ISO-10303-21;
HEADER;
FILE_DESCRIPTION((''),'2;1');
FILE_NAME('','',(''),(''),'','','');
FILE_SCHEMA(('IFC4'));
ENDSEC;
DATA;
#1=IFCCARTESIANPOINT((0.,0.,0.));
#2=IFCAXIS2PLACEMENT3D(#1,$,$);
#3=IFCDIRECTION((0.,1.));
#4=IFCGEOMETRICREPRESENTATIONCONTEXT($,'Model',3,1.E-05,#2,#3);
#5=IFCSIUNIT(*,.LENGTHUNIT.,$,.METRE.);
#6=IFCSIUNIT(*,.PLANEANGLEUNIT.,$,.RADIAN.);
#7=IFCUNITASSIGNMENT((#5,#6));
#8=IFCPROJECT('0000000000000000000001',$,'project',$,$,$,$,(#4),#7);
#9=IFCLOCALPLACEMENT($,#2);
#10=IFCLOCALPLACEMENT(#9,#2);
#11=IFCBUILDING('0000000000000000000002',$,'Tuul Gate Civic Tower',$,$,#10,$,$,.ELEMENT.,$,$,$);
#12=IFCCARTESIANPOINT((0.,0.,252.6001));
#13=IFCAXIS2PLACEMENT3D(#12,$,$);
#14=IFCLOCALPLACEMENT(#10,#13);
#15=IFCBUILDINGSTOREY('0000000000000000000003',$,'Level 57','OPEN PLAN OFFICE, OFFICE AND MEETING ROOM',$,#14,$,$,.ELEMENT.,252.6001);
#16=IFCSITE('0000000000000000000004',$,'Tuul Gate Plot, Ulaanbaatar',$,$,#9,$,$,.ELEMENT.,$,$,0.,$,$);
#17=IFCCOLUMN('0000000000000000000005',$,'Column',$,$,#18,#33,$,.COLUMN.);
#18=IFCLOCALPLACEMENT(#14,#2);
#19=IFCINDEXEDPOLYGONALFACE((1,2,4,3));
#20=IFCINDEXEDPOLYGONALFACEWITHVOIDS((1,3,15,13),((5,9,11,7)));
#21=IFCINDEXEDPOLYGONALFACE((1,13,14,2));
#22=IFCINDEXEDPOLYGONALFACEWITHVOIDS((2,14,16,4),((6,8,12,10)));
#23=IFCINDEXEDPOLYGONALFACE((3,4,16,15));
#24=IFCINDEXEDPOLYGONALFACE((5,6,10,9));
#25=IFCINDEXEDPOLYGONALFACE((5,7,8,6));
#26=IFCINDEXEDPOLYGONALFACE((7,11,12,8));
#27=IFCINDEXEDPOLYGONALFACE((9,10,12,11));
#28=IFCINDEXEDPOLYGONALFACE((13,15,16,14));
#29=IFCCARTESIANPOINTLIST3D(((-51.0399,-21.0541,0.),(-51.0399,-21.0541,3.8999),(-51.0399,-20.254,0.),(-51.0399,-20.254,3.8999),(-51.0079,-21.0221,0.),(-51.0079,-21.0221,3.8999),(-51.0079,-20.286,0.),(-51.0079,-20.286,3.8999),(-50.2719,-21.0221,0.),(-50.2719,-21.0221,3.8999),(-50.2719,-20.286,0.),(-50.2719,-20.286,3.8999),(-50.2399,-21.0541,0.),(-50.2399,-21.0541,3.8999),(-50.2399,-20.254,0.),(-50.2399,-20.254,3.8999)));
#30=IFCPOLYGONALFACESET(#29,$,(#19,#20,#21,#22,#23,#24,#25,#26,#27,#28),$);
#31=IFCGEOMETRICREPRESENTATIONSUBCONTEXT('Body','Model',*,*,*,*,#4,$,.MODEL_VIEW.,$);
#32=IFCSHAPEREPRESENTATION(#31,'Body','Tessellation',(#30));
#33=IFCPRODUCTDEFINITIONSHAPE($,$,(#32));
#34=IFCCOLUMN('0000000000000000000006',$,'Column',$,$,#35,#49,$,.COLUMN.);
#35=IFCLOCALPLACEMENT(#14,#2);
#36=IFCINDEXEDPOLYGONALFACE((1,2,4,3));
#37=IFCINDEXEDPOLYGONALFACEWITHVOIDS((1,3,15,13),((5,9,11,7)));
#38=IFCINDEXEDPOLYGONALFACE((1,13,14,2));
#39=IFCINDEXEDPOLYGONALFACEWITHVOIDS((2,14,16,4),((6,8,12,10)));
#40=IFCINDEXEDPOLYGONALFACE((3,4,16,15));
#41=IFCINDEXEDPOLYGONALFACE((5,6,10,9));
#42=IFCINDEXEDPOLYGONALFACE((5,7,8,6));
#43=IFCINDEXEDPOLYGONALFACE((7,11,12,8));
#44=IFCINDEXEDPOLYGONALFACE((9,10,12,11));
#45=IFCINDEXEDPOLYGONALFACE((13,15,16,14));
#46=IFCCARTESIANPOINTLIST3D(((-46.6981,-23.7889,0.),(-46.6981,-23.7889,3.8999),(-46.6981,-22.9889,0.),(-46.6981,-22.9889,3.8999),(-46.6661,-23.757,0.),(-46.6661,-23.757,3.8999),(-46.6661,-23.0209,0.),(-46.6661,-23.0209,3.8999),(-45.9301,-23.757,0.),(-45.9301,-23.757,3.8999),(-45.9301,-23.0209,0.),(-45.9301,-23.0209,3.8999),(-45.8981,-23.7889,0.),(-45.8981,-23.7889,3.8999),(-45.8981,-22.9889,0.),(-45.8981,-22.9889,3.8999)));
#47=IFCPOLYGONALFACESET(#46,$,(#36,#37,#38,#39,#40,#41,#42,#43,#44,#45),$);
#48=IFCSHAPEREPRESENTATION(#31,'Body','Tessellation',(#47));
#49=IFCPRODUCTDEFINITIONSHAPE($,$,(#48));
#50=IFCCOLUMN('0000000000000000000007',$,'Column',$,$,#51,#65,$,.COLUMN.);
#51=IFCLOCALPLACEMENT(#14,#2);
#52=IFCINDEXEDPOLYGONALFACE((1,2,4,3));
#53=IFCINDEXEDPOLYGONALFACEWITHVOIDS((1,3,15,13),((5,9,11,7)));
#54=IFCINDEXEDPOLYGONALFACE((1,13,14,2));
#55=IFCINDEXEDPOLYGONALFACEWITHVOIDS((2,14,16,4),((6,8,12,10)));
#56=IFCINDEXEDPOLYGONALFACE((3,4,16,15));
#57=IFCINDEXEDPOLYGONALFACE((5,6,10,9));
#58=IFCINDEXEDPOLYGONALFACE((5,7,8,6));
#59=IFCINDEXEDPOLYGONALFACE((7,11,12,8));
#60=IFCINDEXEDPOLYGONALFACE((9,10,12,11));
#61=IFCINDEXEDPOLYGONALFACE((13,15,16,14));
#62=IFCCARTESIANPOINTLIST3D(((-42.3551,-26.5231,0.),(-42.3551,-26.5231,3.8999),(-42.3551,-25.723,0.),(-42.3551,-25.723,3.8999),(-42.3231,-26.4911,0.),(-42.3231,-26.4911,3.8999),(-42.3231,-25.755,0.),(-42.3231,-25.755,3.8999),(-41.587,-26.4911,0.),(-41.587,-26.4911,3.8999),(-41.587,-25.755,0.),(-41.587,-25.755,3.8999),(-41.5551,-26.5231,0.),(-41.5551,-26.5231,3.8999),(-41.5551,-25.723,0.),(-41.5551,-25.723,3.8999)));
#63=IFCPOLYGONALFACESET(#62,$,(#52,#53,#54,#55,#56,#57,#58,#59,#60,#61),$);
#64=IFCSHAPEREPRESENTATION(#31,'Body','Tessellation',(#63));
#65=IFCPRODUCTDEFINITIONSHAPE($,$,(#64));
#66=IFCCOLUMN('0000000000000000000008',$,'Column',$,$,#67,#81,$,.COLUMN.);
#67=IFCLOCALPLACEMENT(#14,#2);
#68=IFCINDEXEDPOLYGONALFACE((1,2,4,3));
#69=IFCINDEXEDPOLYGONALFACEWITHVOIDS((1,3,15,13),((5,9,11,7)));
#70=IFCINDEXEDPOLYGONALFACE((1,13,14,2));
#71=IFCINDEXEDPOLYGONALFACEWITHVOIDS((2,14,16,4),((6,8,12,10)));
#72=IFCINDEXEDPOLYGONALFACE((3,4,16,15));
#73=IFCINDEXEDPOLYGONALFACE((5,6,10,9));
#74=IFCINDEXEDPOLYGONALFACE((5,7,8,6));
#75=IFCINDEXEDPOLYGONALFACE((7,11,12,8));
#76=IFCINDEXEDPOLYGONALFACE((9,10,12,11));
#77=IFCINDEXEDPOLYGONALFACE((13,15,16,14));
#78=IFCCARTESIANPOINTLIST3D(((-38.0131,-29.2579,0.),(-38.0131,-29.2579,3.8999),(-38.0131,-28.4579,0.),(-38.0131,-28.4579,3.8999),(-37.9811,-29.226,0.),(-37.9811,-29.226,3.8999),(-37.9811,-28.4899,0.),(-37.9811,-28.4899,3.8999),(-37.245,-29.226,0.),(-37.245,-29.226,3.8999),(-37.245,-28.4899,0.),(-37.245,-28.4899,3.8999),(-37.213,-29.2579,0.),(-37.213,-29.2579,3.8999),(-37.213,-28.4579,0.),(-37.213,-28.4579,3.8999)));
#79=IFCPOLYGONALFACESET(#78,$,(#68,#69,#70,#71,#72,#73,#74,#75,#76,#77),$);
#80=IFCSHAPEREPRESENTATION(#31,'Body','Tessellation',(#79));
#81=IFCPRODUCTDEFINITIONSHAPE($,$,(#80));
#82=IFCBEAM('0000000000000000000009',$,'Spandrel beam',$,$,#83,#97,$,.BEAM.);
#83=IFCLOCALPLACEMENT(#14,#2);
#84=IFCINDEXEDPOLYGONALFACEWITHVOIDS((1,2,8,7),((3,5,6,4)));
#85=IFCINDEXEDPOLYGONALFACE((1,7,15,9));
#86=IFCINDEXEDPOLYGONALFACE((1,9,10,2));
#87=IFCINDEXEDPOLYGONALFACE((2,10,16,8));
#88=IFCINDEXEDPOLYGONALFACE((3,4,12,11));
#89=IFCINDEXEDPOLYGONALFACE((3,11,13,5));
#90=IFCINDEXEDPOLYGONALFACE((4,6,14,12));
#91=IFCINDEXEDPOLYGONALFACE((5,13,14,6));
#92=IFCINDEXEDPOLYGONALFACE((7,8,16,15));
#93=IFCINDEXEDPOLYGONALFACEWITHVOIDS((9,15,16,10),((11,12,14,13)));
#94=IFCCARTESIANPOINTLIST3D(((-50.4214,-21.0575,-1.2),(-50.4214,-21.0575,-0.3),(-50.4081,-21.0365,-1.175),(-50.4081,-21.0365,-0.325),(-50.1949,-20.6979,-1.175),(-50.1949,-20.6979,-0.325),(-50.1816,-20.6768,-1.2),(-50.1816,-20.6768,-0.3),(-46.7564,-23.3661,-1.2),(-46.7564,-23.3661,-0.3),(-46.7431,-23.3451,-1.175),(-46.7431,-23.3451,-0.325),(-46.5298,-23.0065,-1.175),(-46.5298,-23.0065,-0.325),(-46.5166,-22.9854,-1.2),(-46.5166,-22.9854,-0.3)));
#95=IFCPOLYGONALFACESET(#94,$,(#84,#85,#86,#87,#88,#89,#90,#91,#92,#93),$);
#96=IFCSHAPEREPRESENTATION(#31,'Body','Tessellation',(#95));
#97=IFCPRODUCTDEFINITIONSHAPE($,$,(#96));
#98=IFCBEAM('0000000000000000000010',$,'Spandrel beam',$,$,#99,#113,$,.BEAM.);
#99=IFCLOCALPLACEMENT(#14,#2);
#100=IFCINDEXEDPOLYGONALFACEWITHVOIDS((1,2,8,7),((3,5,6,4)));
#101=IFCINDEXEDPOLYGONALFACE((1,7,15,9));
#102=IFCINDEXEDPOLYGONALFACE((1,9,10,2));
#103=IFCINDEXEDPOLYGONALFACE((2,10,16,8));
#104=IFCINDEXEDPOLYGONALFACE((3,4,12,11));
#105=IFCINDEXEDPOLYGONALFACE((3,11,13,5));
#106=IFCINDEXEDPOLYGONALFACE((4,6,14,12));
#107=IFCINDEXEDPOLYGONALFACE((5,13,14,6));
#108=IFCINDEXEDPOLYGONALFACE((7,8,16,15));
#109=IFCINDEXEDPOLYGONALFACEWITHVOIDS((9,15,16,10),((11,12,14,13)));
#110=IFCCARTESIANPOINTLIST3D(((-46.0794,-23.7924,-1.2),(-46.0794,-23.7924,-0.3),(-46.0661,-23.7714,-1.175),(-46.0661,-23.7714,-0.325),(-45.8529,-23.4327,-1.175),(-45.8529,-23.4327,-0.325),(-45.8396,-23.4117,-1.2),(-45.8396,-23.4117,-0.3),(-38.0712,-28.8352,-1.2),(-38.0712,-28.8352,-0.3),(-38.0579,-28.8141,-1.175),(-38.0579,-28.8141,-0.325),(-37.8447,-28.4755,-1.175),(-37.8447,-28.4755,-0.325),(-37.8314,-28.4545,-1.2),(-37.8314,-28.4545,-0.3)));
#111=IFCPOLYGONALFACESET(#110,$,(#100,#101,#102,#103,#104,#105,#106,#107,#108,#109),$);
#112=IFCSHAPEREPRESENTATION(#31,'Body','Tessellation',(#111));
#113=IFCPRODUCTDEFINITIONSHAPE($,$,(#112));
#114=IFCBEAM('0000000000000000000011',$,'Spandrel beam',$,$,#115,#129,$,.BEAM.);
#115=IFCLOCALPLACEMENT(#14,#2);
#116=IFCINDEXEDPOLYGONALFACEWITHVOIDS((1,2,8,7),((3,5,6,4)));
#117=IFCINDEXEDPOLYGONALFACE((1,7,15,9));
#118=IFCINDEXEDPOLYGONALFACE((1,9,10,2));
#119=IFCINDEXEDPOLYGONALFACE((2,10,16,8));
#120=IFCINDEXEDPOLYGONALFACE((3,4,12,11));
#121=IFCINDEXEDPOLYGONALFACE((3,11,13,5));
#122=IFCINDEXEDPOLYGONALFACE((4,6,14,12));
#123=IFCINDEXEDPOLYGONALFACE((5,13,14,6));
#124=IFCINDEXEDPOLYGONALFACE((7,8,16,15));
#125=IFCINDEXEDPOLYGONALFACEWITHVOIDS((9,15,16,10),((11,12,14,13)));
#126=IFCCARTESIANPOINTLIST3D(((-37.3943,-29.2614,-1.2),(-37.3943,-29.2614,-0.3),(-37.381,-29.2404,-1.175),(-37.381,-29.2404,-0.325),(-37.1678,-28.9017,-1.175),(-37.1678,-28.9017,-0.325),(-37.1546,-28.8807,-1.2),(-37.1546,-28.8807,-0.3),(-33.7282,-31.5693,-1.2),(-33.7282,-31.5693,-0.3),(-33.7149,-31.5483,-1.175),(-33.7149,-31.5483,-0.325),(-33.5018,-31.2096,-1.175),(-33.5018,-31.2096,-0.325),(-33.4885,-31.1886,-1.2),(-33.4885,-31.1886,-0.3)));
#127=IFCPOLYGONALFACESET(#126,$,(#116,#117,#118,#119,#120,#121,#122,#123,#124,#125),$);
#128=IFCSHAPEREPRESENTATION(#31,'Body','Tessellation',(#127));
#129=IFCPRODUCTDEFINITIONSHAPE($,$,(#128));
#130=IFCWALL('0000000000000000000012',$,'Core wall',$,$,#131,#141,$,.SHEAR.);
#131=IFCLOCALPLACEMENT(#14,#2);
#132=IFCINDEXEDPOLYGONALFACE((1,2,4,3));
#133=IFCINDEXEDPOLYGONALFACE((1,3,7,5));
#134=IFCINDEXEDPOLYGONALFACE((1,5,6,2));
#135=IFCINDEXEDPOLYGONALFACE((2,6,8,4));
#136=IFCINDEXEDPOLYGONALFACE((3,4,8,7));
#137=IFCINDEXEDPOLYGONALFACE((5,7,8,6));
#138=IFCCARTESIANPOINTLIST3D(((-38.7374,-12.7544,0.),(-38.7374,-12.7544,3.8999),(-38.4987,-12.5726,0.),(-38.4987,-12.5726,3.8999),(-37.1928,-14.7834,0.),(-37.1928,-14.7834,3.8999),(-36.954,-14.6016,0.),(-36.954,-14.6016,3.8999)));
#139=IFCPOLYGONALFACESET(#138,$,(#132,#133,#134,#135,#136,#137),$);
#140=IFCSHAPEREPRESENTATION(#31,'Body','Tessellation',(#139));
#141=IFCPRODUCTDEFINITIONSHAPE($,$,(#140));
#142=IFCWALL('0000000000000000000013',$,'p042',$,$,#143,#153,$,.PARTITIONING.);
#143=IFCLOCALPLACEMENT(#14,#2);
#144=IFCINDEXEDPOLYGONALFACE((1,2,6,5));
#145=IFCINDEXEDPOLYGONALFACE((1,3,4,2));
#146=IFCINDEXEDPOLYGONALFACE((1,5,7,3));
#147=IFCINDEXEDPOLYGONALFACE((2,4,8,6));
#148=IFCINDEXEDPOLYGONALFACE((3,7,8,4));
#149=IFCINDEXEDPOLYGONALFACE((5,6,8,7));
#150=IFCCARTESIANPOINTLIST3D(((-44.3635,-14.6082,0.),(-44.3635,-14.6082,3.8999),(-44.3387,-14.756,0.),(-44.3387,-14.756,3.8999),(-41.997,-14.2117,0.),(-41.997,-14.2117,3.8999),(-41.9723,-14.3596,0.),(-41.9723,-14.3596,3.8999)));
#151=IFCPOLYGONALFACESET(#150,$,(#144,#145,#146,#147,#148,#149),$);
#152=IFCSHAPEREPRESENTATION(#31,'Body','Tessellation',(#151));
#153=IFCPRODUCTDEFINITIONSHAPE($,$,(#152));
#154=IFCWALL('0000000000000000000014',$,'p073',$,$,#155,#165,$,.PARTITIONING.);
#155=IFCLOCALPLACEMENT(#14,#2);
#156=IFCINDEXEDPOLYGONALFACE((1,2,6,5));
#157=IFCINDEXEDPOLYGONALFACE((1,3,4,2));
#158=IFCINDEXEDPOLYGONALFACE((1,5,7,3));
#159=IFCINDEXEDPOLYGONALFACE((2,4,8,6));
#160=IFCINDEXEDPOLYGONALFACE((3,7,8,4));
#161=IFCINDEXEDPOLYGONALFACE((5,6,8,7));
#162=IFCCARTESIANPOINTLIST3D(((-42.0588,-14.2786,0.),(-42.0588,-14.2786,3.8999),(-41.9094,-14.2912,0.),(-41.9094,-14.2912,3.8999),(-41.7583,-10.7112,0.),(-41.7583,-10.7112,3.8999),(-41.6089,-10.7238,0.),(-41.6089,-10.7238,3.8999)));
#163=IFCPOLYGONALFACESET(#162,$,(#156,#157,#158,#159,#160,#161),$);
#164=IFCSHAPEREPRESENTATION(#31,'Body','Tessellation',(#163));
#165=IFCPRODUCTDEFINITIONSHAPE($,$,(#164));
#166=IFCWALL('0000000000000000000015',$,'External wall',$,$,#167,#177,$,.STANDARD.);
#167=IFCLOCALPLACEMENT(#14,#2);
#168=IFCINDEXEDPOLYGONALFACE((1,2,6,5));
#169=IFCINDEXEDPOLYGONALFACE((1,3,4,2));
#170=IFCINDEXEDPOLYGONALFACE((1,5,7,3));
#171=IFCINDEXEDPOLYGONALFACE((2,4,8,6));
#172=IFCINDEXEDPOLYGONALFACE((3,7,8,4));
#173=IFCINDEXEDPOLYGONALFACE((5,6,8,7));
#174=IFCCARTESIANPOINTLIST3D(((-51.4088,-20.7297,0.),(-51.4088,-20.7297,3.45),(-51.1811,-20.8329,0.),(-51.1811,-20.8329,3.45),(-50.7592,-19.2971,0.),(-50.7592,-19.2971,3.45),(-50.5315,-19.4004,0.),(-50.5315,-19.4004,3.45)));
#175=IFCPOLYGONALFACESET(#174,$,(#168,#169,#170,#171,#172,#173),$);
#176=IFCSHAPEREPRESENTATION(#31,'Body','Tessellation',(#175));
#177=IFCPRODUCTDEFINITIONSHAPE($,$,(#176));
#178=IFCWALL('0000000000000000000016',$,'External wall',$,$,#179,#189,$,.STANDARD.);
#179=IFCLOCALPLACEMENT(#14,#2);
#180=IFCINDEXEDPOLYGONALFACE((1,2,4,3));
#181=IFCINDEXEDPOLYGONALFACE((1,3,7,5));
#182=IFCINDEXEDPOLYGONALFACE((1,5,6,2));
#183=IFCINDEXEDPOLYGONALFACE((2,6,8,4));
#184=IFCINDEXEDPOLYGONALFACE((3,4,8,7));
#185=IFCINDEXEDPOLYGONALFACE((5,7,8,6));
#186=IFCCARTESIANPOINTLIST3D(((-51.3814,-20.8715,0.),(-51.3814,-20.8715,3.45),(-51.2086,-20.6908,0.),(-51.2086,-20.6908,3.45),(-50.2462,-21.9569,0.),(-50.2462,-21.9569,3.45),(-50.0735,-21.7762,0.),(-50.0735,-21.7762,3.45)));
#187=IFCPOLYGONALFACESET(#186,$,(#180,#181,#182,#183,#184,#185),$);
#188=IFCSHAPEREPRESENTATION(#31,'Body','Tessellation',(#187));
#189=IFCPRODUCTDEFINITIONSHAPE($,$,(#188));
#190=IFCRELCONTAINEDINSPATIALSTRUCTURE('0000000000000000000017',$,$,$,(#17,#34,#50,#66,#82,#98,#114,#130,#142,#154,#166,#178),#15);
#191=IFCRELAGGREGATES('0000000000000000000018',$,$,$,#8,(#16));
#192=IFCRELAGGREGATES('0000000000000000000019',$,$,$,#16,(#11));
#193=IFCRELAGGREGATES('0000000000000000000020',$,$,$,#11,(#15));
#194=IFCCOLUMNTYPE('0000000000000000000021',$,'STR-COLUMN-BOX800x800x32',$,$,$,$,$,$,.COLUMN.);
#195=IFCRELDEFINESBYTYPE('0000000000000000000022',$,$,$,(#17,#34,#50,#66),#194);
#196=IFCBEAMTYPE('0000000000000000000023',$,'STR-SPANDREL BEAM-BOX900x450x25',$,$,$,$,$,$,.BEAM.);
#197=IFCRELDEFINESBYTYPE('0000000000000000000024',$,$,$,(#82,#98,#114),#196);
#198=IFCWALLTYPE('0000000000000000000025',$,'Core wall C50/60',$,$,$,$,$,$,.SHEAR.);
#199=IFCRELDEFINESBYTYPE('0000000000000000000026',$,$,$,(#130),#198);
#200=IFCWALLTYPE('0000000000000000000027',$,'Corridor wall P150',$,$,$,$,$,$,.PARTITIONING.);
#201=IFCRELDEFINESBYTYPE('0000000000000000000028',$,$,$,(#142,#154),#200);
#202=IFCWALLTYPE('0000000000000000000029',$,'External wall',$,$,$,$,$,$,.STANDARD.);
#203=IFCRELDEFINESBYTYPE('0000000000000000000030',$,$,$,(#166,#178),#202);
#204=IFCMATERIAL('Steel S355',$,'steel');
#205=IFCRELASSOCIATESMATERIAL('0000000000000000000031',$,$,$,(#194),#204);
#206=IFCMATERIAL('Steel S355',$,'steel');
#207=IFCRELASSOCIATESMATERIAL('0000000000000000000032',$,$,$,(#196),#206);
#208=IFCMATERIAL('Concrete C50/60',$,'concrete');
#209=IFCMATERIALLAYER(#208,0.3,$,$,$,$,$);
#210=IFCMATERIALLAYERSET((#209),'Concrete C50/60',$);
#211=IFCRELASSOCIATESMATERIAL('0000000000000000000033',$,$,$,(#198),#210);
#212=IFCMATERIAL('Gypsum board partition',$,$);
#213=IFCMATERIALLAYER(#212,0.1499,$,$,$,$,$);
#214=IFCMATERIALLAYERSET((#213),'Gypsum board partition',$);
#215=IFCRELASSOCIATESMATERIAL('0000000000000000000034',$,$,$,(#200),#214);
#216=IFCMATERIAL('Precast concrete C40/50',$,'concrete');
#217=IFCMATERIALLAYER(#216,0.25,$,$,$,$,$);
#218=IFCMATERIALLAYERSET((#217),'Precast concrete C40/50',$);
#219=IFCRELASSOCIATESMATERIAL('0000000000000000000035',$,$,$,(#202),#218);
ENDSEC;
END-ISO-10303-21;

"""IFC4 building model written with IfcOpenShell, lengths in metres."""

from ifc_helpers import new_model, si_unit, direction, frame, frame_2d, origin, origin_2d, place, context, subcontext, project, spatial, rectangle, hollow_rectangle, extrude, material, layer, layer_set, material_profile, profile_set, type_object, element, save


model = new_model("IFC4")

# Units and contexts
model_context = context("Model", 3, precision=1e-05, world=origin(), true_north=direction((0.0, 1.0)))
body_context = subcontext(model_context, "Body", "Model", "MODEL_VIEW")
ifc_project = project(units=[si_unit("LENGTHUNIT", "METRE"), si_unit("PLANEANGLEUNIT", "RADIAN")], contexts=[model_context])

# Site, building, storey
site_placement = place(None, origin())
site = spatial("IfcSite", under=ifc_project, at=site_placement, Name="Tuul Gate Plot, Ulaanbaatar", CompositionType="ELEMENT", RefElevation=0.0)
building_placement = place(site_placement, origin())
building = spatial("IfcBuilding", under=site, at=building_placement, Name="Tuul Gate Civic Tower", CompositionType="ELEMENT")
storey_placement = place(building_placement, frame((0.0, 0.0, 252.6001)))
storey = spatial("IfcBuildingStorey", under=building, at=storey_placement, Name="Level 57", Description="OPEN PLAN OFFICE, OFFICE AND MEETING ROOM", CompositionType="ELEMENT", Elevation=252.6001)

# Columns
ifc_material_1 = material(Name="Steel S355", Category="steel")
ifc_material_profile_1 = material_profile(ifc_material_1, hollow_rectangle(XDim=0.8, YDim=0.8, WallThickness=0.032, at=origin_2d()), Name="BOX800x800x32")
ifc_profile_set_1 = profile_set([ifc_material_profile_1], Name="Steel S355")
column_type = type_object("IfcColumnType", Name="STR-COLUMN-BOX800x800x32", PredefinedType="COLUMN", material=ifc_profile_set_1)
for number, where, z_axis, x_axis, name in (
    (1, (-50.6399, -20.6541, 0.0), (0.0, 0.0, 1.0), (1.0, 0.0, 0.0), "Column"),
    (2, (-46.2981, -23.3889, 0.0), (0.0, 0.0, 1.0), (1.0, 0.0, 0.0), "Column"),
    (3, (-41.9551, -26.123, 0.0), (0.0, 0.0, 1.0), (1.0, 0.0, 0.0), "Column"),
    (4, (-37.613, -28.8579, 0.0), (0.0, 0.0, 1.0), (1.0, 0.0, 0.0), "Column"),
):
    element("IfcColumn", number, at=place(storey_placement, frame(where, z_axis=z_axis, x_axis=x_axis)), inside=storey, type_object=column_type, Name=name, PredefinedType="COLUMN", context=body_context, shape_type="SweptSolid", body=[
        extrude(hollow_rectangle(XDim=0.8, YDim=0.8, WallThickness=0.032, at=origin_2d()), origin(), (0.0, 0.0, 1.0), 3.8999),
    ])

# Beams
ifc_material_2 = material(Name="Steel S355", Category="steel")
ifc_material_profile_2 = material_profile(ifc_material_2, hollow_rectangle(XDim=0.45, YDim=0.8999, WallThickness=0.0249, at=origin_2d()), Name="BOX900x450x25")
ifc_profile_set_2 = profile_set([ifc_material_profile_2], Name="Steel S355")
beam_type = type_object("IfcBeamType", Name="STR-SPANDREL BEAM-BOX900x450x25", PredefinedType="BEAM", material=ifc_profile_set_2)
beam_1_placement = place(storey_placement, frame((-50.3015, -20.8672, -0.75), z_axis=(0.846131, -0.532975, 0.0), x_axis=(0.532975, 0.846131, 0.0)))
element("IfcBeam", 5, at=beam_1_placement, inside=storey, type_object=beam_type, Name="Spandrel beam", PredefinedType="BEAM", context=body_context, shape_type="SweptSolid", body=[
    extrude(hollow_rectangle(XDim=0.45, YDim=0.8999, WallThickness=0.0249, at=origin_2d()), origin(), (0.0, 0.0, 1.0), 4.3315),
])
beam_2_placement = place(storey_placement, frame((-45.9595, -23.6021, -0.75), z_axis=(0.846204, -0.53286, 0.0), x_axis=(0.53286, 0.846204, 0.0)))
element("IfcBeam", 6, at=beam_2_placement, inside=storey, type_object=beam_type, Name="Spandrel beam", PredefinedType="BEAM", context=body_context, shape_type="SweptSolid", body=[
    extrude(hollow_rectangle(XDim=0.45, YDim=0.8999, WallThickness=0.0249, at=origin_2d()), origin(), (0.0, 0.0, 1.0), 9.4636),
])
beam_3_placement = place(storey_placement, frame((-37.2744, -29.071, -0.75), z_axis=(0.846271, -0.532752, 0.0), x_axis=(0.532752, 0.846271, 0.0)))
element("IfcBeam", 7, at=beam_3_placement, inside=storey, type_object=beam_type, Name="Spandrel beam", PredefinedType="BEAM", context=body_context, shape_type="SweptSolid", body=[
    extrude(hollow_rectangle(XDim=0.45, YDim=0.8999, WallThickness=0.0249, at=origin_2d()), origin(), (0.0, 0.0, 1.0), 4.332),
])

# Walls
ifc_material_3 = material(Name="Concrete C50/60", Category="concrete")
ifc_layer_1 = layer(ifc_material_3, 0.3)
ifc_layer_set_1 = layer_set([ifc_layer_1], Name="Concrete C50/60")
wall_type_1 = type_object("IfcWallType", Name="Core wall C50/60", PredefinedType="SHEAR", material=ifc_layer_set_1)
wall_1_placement = place(storey_placement, frame((-37.0735, -14.6924, 0.0), z_axis=(0.0, 0.0, 1.0), x_axis=(-0.605729, 0.795671, 0.0)))
element("IfcWall", 8, at=wall_1_placement, inside=storey, type_object=wall_type_1, Name="Core wall", PredefinedType="SHEAR", context=body_context, shape_type="SweptSolid", body=[
    extrude(rectangle(XDim=2.55, YDim=0.3, at=frame_2d((1.2749, 0.0))), origin(), (0.0, 0.0, 1.0), 3.8999),
])
ifc_material_4 = material(Name="Gypsum board partition")
ifc_layer_2 = layer(ifc_material_4, 0.1499)
ifc_layer_set_2 = layer_set([ifc_layer_2], Name="Gypsum board partition")
wall_type_2 = type_object("IfcWallType", Name="Corridor wall P150", PredefinedType="PARTITIONING", material=ifc_layer_set_2)
wall_2_placement = place(storey_placement, frame((-44.3511, -14.6821, 0.0), z_axis=(0.0, 0.0, 1.0), x_axis=(0.986253, 0.16524, 0.0)))
element("IfcWall", 9, at=wall_2_placement, inside=storey, type_object=wall_type_2, Name="p042", PredefinedType="PARTITIONING", context=body_context, shape_type="SweptSolid", body=[
    extrude(rectangle(XDim=2.3994, YDim=0.1499, at=frame_2d((1.1997, 0.0))), origin(), (0.0, 0.0, 1.0), 3.8999),
])
wall_3_placement = place(storey_placement, frame((-41.9841, -14.2849, 0.0), z_axis=(0.0, 0.0, 1.0), x_axis=(0.083948, 0.99647, 0.0)))
element("IfcWall", 10, at=wall_3_placement, inside=storey, type_object=wall_type_2, Name="p073", PredefinedType="PARTITIONING", context=body_context, shape_type="SweptSolid", body=[
    extrude(rectangle(XDim=3.5801, YDim=0.1499, at=frame_2d((1.79, 0.0))), origin(), (0.0, 0.0, 1.0), 3.8999),
])
ifc_material_5 = material(Name="Precast concrete C40/50", Category="concrete")
ifc_layer_3 = layer(ifc_material_5, 0.25)
ifc_layer_set_3 = layer_set([ifc_layer_3], Name="Precast concrete C40/50")
wall_type_3 = type_object("IfcWallType", Name="External wall", PredefinedType="STANDARD", material=ifc_layer_set_3)
wall_4_placement = place(storey_placement, frame((-50.6453, -19.3486, 0.0), z_axis=(0.0, 0.0, 1.0), x_axis=(-0.412996, -0.910733, 0.0)))
element("IfcWall", 11, at=wall_4_placement, inside=storey, type_object=wall_type_3, Name="External wall", PredefinedType="STANDARD", context=body_context, shape_type="SweptSolid", body=[
    extrude(rectangle(XDim=1.573, YDim=0.25, at=frame_2d((0.7866, 0.0))), origin(), (0.0, 0.0, 1.0), 3.45),
])
wall_5_placement = place(storey_placement, frame((-51.2949, -20.7812, 0.0), z_axis=(0.0, 0.0, 1.0), x_axis=(0.722784, -0.691074, 0.0)))
element("IfcWall", 12, at=wall_5_placement, inside=storey, type_object=wall_type_3, Name="External wall", PredefinedType="STANDARD", context=body_context, shape_type="SweptSolid", body=[
    extrude(rectangle(XDim=1.5706, YDim=0.25, at=frame_2d((0.7852, 0.0))), origin(), (0.0, 0.0, 1.0), 3.45),
])

save(model, "model.ifc")
